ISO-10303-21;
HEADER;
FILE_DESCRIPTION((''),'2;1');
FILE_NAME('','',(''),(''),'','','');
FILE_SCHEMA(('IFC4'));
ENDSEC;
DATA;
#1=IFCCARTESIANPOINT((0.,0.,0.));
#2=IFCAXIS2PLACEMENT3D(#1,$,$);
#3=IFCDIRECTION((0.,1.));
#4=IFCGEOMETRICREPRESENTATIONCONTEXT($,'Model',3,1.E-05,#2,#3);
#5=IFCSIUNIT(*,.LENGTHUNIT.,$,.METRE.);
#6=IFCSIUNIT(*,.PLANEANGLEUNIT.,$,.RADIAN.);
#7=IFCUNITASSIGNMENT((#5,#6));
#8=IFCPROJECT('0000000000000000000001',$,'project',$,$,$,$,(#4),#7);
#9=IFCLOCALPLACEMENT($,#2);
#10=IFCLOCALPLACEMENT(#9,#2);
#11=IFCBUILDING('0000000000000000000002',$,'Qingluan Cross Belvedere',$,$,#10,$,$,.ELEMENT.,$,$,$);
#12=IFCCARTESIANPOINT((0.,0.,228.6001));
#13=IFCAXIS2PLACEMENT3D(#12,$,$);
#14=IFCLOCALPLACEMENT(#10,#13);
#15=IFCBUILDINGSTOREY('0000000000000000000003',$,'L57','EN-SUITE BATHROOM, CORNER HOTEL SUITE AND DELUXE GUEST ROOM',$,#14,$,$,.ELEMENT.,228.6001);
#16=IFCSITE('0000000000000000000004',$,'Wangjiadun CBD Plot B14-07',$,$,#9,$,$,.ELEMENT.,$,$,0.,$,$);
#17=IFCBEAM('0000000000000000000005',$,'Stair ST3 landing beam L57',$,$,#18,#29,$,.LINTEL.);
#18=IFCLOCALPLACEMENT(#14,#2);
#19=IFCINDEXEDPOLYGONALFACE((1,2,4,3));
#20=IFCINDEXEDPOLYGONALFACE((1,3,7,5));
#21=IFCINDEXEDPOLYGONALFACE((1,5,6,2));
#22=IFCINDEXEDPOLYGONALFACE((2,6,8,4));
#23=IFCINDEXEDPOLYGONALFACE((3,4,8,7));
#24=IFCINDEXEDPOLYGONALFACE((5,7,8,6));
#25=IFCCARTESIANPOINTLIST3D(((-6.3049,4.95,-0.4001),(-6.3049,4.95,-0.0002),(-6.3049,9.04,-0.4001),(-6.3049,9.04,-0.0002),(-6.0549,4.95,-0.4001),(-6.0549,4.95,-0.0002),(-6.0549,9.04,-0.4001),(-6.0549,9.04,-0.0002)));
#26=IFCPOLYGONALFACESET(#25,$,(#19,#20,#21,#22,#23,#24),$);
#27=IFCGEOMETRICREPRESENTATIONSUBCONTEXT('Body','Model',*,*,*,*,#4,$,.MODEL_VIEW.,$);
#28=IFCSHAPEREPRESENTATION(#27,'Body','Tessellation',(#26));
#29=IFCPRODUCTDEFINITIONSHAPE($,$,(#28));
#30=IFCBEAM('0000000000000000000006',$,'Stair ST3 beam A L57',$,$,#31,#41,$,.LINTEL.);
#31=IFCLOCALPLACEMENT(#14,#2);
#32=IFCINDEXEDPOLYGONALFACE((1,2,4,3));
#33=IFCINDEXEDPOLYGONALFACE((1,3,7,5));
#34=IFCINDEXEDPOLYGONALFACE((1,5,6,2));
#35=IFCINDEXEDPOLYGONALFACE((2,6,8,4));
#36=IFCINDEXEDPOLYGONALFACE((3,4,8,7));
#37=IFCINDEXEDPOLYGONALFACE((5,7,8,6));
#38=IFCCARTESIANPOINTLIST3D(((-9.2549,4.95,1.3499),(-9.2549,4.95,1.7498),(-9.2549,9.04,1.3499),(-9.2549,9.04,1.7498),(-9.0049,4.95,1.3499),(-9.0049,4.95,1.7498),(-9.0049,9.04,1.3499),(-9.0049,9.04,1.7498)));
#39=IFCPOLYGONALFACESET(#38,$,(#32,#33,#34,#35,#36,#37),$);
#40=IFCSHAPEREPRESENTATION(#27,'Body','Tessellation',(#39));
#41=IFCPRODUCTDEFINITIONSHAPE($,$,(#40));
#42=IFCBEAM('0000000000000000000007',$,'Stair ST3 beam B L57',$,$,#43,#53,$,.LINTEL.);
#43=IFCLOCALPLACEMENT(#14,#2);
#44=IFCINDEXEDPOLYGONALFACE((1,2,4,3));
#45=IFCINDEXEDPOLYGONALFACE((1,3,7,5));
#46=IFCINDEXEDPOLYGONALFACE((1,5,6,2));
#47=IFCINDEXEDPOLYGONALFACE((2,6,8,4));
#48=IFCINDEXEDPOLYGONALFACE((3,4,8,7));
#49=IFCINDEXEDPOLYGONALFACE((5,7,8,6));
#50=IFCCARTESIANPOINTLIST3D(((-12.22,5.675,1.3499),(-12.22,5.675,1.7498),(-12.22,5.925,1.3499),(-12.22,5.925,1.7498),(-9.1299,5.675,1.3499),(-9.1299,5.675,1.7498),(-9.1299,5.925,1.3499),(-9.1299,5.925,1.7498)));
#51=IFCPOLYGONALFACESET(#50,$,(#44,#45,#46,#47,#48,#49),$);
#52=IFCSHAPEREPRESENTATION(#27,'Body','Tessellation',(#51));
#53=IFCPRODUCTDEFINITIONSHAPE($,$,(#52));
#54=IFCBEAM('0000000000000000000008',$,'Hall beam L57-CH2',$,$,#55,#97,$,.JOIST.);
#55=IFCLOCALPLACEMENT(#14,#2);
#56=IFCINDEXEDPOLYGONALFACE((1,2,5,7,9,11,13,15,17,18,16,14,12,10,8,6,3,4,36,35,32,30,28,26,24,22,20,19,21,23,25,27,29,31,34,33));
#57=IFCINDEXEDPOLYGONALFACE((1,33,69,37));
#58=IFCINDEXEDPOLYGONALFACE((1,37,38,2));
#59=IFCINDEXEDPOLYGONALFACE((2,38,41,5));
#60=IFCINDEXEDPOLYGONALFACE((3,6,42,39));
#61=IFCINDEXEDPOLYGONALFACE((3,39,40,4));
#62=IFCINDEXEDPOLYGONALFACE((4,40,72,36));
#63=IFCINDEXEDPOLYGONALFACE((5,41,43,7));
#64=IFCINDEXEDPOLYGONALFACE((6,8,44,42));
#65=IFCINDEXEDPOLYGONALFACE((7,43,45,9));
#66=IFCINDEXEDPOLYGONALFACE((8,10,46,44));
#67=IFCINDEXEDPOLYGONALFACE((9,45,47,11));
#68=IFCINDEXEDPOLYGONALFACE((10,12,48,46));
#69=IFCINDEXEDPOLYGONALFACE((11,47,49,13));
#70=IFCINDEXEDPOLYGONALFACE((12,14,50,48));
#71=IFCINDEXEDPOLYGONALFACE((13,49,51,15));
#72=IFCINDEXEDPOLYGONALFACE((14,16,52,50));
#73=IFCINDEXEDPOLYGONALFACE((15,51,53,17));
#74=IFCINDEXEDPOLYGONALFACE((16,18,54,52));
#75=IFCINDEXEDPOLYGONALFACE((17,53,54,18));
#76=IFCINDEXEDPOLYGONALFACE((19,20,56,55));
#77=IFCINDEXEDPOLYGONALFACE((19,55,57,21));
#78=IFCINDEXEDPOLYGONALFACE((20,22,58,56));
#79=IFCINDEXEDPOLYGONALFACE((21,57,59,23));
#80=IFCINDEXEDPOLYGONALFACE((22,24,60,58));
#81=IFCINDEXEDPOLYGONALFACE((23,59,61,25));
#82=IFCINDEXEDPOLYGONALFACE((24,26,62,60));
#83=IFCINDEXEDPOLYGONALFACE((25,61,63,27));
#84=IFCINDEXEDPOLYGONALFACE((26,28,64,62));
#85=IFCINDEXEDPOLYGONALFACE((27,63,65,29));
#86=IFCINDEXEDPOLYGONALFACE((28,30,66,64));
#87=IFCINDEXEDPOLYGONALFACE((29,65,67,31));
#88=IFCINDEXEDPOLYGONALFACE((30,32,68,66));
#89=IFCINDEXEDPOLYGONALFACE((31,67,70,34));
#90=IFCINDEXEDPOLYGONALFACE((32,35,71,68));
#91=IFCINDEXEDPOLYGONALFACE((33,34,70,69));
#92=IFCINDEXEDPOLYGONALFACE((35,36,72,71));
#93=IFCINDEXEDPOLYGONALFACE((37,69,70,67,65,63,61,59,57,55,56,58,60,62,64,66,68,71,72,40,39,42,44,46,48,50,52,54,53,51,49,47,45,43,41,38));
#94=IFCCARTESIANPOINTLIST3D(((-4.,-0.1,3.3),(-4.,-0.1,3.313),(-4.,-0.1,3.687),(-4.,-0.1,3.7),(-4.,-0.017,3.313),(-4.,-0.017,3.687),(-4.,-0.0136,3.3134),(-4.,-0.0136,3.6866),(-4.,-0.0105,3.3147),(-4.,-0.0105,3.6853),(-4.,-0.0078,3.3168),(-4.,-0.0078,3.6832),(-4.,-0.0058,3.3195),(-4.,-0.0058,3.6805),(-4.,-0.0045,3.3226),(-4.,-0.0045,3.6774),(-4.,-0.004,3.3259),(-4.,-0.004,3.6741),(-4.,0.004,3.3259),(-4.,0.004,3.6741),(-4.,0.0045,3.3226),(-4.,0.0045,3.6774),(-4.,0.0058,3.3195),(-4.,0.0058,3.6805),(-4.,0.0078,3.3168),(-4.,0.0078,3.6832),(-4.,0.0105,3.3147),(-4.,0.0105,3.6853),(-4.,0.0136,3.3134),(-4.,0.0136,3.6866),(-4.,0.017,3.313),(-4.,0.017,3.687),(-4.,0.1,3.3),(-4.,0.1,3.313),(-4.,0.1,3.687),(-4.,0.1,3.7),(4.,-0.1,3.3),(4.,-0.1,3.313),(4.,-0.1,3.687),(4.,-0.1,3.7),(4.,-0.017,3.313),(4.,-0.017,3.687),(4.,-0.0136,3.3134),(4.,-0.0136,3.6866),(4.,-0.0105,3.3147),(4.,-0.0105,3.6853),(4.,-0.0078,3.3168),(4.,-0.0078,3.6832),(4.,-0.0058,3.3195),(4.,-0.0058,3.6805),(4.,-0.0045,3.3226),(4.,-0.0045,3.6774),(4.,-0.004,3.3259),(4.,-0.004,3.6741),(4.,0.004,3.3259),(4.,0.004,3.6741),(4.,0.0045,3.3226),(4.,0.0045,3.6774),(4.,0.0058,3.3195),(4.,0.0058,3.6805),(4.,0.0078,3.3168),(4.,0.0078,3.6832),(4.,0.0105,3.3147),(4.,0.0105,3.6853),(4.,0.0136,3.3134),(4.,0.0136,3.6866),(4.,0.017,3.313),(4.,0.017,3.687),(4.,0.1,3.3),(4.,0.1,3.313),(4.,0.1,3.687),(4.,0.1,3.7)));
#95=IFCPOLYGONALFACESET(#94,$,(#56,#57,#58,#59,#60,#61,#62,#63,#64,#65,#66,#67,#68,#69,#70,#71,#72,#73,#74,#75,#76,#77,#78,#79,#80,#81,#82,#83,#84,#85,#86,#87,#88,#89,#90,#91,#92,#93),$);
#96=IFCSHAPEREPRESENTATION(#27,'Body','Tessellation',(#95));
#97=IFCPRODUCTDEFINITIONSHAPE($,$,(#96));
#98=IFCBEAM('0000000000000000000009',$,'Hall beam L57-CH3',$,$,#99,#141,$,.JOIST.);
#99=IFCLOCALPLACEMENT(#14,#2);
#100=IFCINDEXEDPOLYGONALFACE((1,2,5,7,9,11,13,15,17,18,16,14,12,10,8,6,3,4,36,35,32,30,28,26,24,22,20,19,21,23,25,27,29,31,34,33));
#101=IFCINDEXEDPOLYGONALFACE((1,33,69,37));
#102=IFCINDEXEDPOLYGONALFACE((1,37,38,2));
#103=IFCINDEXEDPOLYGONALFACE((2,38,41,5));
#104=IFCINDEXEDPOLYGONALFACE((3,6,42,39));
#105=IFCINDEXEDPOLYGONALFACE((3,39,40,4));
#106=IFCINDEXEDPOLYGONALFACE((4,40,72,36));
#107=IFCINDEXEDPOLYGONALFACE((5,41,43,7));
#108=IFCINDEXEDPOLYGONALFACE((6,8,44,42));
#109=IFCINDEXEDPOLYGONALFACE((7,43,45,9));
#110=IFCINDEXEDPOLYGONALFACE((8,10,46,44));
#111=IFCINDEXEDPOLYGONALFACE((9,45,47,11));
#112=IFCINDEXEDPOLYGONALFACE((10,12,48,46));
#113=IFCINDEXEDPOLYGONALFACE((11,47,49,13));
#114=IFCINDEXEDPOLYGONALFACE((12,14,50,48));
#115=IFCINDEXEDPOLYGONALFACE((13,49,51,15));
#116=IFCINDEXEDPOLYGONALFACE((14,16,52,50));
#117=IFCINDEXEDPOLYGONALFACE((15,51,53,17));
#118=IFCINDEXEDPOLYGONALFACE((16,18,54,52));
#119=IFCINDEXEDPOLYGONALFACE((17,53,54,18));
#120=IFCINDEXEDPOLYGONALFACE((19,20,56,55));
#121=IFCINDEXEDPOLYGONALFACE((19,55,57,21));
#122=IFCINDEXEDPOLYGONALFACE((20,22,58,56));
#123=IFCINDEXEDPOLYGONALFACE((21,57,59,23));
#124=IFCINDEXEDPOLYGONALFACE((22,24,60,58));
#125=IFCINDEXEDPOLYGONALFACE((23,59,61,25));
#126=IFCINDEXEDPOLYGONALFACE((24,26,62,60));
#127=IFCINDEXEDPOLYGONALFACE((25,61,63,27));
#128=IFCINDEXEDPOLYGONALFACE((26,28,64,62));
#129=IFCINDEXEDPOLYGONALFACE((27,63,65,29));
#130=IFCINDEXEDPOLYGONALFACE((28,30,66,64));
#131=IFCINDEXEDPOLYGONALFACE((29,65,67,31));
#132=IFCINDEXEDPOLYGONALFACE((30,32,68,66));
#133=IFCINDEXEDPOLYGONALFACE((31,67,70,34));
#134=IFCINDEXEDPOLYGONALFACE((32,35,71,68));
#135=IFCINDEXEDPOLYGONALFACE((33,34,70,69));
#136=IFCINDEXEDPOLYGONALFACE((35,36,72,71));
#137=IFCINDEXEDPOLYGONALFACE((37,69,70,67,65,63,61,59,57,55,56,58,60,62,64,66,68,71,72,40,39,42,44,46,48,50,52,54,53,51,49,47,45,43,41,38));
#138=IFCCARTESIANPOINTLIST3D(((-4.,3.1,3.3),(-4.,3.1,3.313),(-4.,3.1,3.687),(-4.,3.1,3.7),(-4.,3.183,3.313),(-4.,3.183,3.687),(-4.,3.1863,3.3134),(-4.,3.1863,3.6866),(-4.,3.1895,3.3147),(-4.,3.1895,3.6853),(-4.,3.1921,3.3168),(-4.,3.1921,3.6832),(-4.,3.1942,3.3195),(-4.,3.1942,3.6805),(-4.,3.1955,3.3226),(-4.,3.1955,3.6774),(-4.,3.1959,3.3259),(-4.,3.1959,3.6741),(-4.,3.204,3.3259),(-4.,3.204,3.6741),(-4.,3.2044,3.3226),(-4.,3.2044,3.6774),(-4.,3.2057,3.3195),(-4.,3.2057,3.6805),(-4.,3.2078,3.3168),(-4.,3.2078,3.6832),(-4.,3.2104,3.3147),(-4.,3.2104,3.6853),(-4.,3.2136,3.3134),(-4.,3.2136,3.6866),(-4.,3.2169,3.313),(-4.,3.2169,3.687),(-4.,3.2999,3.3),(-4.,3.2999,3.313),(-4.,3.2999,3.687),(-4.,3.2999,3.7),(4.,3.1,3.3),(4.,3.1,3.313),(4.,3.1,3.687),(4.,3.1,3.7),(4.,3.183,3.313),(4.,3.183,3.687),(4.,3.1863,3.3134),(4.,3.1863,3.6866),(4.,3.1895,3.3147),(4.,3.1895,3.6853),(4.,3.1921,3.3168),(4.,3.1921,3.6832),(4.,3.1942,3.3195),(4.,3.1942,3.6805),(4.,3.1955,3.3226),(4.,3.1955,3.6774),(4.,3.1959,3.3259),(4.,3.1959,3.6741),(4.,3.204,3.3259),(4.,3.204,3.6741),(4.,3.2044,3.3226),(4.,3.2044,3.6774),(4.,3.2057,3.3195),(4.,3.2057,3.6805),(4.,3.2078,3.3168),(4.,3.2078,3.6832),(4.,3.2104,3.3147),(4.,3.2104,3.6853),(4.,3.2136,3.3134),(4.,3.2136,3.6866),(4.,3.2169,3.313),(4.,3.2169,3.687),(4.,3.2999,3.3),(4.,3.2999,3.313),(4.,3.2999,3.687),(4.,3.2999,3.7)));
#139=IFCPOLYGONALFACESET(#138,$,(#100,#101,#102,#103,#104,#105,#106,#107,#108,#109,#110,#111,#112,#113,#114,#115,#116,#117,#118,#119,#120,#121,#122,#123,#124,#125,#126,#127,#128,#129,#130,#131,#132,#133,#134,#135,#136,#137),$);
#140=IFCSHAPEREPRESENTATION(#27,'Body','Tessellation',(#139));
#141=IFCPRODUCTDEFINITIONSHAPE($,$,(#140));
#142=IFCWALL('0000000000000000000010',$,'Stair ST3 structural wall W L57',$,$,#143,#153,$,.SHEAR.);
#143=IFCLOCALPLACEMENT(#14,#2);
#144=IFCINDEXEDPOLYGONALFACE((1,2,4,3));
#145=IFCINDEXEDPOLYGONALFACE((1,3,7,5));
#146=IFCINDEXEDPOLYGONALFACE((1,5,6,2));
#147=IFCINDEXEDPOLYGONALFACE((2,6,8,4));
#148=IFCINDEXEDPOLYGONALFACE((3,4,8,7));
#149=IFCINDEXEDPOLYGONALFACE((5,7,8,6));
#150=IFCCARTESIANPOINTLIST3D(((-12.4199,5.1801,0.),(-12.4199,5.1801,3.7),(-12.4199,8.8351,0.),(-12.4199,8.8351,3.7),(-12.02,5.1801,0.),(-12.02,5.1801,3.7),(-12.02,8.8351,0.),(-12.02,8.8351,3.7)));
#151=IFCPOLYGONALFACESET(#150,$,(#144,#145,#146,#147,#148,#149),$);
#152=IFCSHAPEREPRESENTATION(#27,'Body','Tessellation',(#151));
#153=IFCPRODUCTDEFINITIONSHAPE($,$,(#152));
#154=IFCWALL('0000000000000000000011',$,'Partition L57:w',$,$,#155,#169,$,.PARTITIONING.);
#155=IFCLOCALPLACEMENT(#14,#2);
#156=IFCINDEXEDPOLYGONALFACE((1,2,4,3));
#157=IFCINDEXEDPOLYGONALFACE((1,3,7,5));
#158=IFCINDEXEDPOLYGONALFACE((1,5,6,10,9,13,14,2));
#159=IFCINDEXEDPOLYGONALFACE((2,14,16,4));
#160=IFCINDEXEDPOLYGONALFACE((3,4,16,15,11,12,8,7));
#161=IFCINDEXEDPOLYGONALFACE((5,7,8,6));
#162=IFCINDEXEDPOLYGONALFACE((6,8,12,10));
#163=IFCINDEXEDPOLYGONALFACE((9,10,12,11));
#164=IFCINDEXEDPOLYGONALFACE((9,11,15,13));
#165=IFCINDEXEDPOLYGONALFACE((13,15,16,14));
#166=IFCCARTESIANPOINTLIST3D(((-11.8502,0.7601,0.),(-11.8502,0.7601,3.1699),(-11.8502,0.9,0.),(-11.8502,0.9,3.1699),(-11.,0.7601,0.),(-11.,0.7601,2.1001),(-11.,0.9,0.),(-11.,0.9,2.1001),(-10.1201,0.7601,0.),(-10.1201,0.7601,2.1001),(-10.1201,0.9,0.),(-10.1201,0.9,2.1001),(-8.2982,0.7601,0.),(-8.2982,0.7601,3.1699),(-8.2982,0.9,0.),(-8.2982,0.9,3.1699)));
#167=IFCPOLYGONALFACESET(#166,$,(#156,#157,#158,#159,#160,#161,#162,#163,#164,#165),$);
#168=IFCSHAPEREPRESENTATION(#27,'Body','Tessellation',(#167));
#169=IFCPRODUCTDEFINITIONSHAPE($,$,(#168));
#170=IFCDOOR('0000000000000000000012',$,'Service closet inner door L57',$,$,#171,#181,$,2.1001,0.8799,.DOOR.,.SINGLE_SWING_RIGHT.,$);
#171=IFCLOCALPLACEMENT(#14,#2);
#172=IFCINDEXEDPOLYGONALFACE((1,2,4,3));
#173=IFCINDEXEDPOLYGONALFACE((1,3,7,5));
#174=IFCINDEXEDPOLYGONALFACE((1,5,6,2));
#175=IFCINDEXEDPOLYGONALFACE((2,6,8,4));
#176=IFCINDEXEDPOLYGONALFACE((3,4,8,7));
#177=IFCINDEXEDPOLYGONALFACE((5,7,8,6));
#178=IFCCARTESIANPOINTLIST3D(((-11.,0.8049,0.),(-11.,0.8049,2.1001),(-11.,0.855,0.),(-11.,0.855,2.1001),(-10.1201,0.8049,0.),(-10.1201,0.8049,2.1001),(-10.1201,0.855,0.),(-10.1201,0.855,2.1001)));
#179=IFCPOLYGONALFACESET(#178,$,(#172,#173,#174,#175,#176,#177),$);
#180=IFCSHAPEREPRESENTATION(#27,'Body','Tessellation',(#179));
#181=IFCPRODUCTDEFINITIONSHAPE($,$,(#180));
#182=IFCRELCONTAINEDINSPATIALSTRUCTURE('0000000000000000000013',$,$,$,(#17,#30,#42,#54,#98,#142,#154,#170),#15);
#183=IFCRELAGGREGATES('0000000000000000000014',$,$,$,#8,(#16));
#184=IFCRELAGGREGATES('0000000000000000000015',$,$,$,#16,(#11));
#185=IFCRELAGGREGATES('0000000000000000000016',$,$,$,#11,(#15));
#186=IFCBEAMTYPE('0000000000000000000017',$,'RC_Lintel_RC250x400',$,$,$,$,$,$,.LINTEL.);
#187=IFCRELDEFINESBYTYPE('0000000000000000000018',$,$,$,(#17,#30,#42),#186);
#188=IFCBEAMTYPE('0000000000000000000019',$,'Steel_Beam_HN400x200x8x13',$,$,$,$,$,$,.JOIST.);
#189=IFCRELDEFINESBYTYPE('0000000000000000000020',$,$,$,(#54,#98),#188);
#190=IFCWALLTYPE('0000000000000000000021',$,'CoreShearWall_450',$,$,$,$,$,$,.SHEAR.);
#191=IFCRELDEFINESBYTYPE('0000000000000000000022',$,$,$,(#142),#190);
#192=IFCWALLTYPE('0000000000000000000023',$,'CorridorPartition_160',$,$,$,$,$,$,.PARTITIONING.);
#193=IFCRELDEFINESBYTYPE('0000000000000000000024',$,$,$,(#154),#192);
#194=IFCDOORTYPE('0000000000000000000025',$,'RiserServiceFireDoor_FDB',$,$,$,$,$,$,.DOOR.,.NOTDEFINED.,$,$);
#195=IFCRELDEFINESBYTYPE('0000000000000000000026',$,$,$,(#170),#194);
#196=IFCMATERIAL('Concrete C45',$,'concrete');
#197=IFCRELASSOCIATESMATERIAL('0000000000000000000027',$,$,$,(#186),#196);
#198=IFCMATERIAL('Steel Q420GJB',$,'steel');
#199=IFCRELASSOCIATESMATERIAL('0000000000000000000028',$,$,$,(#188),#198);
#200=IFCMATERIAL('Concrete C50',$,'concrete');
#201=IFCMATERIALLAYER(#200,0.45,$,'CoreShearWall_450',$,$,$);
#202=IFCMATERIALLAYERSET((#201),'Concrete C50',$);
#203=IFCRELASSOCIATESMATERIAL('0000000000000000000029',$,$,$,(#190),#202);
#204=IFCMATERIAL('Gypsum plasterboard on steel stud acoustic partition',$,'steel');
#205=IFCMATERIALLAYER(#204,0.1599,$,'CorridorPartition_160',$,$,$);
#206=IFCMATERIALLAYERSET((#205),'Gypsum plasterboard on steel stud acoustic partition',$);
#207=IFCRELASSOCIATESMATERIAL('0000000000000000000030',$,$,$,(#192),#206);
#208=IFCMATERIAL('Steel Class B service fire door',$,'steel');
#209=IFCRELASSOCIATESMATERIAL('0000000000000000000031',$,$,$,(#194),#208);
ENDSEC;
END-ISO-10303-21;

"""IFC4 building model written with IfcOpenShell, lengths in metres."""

from ifc_helpers import new_model, si_unit, direction, frame, frame_2d, origin, origin_2d, place, context, subcontext, project, spatial, rectangle, i_section, extrude, material, layer, layer_set, material_profile, profile_set, type_object, element, fill, save


model = new_model("IFC4")

# Units and contexts
model_context = context("Model", 3, precision=1e-05, world=origin(), true_north=direction((0.0, 1.0)))
body_context = subcontext(model_context, "Body", "Model", "MODEL_VIEW")
ifc_project = project(units=[si_unit("LENGTHUNIT", "METRE"), si_unit("PLANEANGLEUNIT", "RADIAN")], contexts=[model_context])

# Site, building, storey
site_placement = place(None, origin())
site = spatial("IfcSite", under=ifc_project, at=site_placement, Name="Wangjiadun CBD Plot B14-07", CompositionType="ELEMENT", RefElevation=0.0)
building_placement = place(site_placement, origin())
building = spatial("IfcBuilding", under=site, at=building_placement, Name="Qingluan Cross Belvedere", CompositionType="ELEMENT")
storey_placement = place(building_placement, frame((0.0, 0.0, 228.6001)))
storey = spatial("IfcBuildingStorey", under=building, at=storey_placement, Name="L57", Description="EN-SUITE BATHROOM, CORNER HOTEL SUITE AND DELUXE GUEST ROOM", CompositionType="ELEMENT", Elevation=228.6001)

# Beams
ifc_material_1 = material(Name="Concrete C45", Category="concrete")
ifc_material_profile_1 = material_profile(ifc_material_1, rectangle(XDim=0.25, YDim=0.3999, at=origin_2d()), Name="RC250x400")
ifc_profile_set_1 = profile_set([ifc_material_profile_1], Name="Concrete C45")
beam_type_1 = type_object("IfcBeamType", Name="RC_Lintel_RC250x400", PredefinedType="LINTEL", material=ifc_profile_set_1)
for number, where, z_axis, x_axis, name in (
    (1, (-6.1799, 4.95, -0.2002), (0.0, 1.0, 0.0), (-1.0, 0.0, 0.0), "Stair ST3 landing beam L57"),
    (2, (-9.1299, 4.95, 1.5498), (0.0, 1.0, 0.0), (-1.0, 0.0, 0.0), "Stair ST3 beam A L57"),
):
    element("IfcBeam", number, at=place(storey_placement, frame(where, z_axis=z_axis, x_axis=x_axis)), inside=storey, type_object=beam_type_1, Name=name, PredefinedType="LINTEL", context=body_context, shape_type="SweptSolid", body=[
        extrude(rectangle(XDim=0.25, YDim=0.3999, at=origin_2d()), origin(), (0.0, 0.0, 1.0), 4.0901),
    ])
beam_placement = place(storey_placement, frame((-12.22, 5.8, 1.5498), z_axis=(1.0, 0.0, 0.0), x_axis=(0.0, 1.0, 0.0)))
element("IfcBeam", 3, at=beam_placement, inside=storey, type_object=beam_type_1, Name="Stair ST3 beam B L57", PredefinedType="LINTEL", context=body_context, shape_type="SweptSolid", body=[
    extrude(rectangle(XDim=0.25, YDim=0.3999, at=origin_2d()), origin(), (0.0, 0.0, 1.0), 3.0901),
])
ifc_material_2 = material(Name="Steel Q420GJB", Category="steel")
ifc_material_profile_2 = material_profile(ifc_material_2, i_section(OverallWidth=0.2, OverallDepth=0.3999, WebThickness=0.0081, FlangeThickness=0.0129, FilletRadius=0.0129, at=origin_2d()), Name="HN400x200x8x13")
ifc_profile_set_2 = profile_set([ifc_material_profile_2], Name="Steel Q420GJB")
beam_type_2 = type_object("IfcBeamType", Name="Steel_Beam_HN400x200x8x13", PredefinedType="JOIST", material=ifc_profile_set_2)
for number, where, z_axis, x_axis, name in (
    (4, (-4.0, 0.0, 3.5), (1.0, 0.0, 0.0), (0.0, 1.0, 0.0), "Hall beam L57-CH2"),
    (5, (-4.0, 3.2, 3.5), (1.0, 0.0, 0.0), (0.0, 1.0, 0.0), "Hall beam L57-CH3"),
):
    element("IfcBeam", number, at=place(storey_placement, frame(where, z_axis=z_axis, x_axis=x_axis)), inside=storey, type_object=beam_type_2, Name=name, PredefinedType="JOIST", context=body_context, shape_type="SweptSolid", body=[
        extrude(i_section(OverallWidth=0.2, OverallDepth=0.3999, WebThickness=0.0081, FlangeThickness=0.0129, FilletRadius=0.0129, at=origin_2d()), origin(), (0.0, 0.0, 1.0), 8.0),
    ])

# Wall
ifc_material_3 = material(Name="Concrete C50", Category="concrete")
ifc_layer_1 = layer(ifc_material_3, 0.45, Name="CoreShearWall_450")
ifc_layer_set_1 = layer_set([ifc_layer_1], Name="Concrete C50")
wall_type_1 = type_object("IfcWallType", Name="CoreShearWall_450", PredefinedType="SHEAR", material=ifc_layer_set_1)
wall_1_placement = place(storey_placement, frame((-12.22, 5.1799, 0.0), z_axis=(0.0, 0.0, 1.0), x_axis=(0.0, 1.0, 0.0)))
element("IfcWall", 6, at=wall_1_placement, inside=storey, type_object=wall_type_1, Name="Stair ST3 structural wall W L57", PredefinedType="SHEAR", context=body_context, shape_type="SweptSolid", body=[
    extrude(rectangle(XDim=3.655, YDim=0.3999, at=frame_2d((1.8276, 0.0))), origin(), (0.0, 0.0, 1.0), 3.7),
])

# Wall, opening, door
ifc_material_4 = material(Name="Gypsum plasterboard on steel stud acoustic partition", Category="steel")
ifc_layer_2 = layer(ifc_material_4, 0.1599, Name="CorridorPartition_160")
ifc_layer_set_2 = layer_set([ifc_layer_2], Name="Gypsum plasterboard on steel stud acoustic partition")
wall_type_2 = type_object("IfcWallType", Name="CorridorPartition_160", PredefinedType="PARTITIONING", material=ifc_layer_set_2)
wall_2_placement = place(storey_placement, frame((-11.8501, 0.8301, 0.0), z_axis=(0.0, 0.0, 1.0), x_axis=(1.0, 0.0, 0.0)))
wall_2 = element("IfcWall", 7, at=wall_2_placement, inside=storey, type_object=wall_type_2, Name="Partition L57:w", PredefinedType="PARTITIONING", context=body_context, shape_type="SweptSolid", body=[
    extrude(rectangle(XDim=3.552, YDim=0.1399, at=frame_2d((1.7759, 0.0))), origin(), (0.0, 0.0, 1.0), 3.1699),
])
opening_1_placement = place(wall_2_placement, frame((0.8501, 0.0, 0.0)))
opening_1 = element("IfcOpeningElement", 8, at=opening_1_placement, cuts=wall_2, PredefinedType="OPENING", context=body_context, shape_type="SweptSolid", body=[
    extrude(rectangle(XDim=0.8799, YDim=2.1001, at=frame_2d((0.4399, 1.05))), frame((0.0, 0.0798, 0.0), z_axis=(0.0, -1.0, 0.0), x_axis=(1.0, 0.0, 0.0)), (0.0, 0.0, 1.0), 0.1599),
])
ifc_material_5 = material(Name="Steel Class B service fire door", Category="steel")
door_type_1 = type_object("IfcDoorType", Name="RiserServiceFireDoor_FDB", OperationType="NOTDEFINED", PredefinedType="DOOR", material=ifc_material_5)
door_1_placement = place(opening_1_placement, origin())
door_1 = element("IfcDoor", 9, at=door_1_placement, inside=storey, type_object=door_type_1, Name="Service closet inner door L57", OperationType="SINGLE_SWING_RIGHT", OverallHeight=2.1001, OverallWidth=0.8799, PredefinedType="DOOR", context=body_context, shape_type="SweptSolid", body=[
    extrude(rectangle(XDim=0.8799, YDim=2.1001, at=frame_2d((0.4399, 1.05))), frame((0.0, 0.0249, 0.0), z_axis=(0.0, -1.0, 0.0), x_axis=(1.0, 0.0, 0.0)), (0.0, 0.0, 1.0), 0.05),
])
fill(opening_1, door_1)

save(model, "model.ifc")
